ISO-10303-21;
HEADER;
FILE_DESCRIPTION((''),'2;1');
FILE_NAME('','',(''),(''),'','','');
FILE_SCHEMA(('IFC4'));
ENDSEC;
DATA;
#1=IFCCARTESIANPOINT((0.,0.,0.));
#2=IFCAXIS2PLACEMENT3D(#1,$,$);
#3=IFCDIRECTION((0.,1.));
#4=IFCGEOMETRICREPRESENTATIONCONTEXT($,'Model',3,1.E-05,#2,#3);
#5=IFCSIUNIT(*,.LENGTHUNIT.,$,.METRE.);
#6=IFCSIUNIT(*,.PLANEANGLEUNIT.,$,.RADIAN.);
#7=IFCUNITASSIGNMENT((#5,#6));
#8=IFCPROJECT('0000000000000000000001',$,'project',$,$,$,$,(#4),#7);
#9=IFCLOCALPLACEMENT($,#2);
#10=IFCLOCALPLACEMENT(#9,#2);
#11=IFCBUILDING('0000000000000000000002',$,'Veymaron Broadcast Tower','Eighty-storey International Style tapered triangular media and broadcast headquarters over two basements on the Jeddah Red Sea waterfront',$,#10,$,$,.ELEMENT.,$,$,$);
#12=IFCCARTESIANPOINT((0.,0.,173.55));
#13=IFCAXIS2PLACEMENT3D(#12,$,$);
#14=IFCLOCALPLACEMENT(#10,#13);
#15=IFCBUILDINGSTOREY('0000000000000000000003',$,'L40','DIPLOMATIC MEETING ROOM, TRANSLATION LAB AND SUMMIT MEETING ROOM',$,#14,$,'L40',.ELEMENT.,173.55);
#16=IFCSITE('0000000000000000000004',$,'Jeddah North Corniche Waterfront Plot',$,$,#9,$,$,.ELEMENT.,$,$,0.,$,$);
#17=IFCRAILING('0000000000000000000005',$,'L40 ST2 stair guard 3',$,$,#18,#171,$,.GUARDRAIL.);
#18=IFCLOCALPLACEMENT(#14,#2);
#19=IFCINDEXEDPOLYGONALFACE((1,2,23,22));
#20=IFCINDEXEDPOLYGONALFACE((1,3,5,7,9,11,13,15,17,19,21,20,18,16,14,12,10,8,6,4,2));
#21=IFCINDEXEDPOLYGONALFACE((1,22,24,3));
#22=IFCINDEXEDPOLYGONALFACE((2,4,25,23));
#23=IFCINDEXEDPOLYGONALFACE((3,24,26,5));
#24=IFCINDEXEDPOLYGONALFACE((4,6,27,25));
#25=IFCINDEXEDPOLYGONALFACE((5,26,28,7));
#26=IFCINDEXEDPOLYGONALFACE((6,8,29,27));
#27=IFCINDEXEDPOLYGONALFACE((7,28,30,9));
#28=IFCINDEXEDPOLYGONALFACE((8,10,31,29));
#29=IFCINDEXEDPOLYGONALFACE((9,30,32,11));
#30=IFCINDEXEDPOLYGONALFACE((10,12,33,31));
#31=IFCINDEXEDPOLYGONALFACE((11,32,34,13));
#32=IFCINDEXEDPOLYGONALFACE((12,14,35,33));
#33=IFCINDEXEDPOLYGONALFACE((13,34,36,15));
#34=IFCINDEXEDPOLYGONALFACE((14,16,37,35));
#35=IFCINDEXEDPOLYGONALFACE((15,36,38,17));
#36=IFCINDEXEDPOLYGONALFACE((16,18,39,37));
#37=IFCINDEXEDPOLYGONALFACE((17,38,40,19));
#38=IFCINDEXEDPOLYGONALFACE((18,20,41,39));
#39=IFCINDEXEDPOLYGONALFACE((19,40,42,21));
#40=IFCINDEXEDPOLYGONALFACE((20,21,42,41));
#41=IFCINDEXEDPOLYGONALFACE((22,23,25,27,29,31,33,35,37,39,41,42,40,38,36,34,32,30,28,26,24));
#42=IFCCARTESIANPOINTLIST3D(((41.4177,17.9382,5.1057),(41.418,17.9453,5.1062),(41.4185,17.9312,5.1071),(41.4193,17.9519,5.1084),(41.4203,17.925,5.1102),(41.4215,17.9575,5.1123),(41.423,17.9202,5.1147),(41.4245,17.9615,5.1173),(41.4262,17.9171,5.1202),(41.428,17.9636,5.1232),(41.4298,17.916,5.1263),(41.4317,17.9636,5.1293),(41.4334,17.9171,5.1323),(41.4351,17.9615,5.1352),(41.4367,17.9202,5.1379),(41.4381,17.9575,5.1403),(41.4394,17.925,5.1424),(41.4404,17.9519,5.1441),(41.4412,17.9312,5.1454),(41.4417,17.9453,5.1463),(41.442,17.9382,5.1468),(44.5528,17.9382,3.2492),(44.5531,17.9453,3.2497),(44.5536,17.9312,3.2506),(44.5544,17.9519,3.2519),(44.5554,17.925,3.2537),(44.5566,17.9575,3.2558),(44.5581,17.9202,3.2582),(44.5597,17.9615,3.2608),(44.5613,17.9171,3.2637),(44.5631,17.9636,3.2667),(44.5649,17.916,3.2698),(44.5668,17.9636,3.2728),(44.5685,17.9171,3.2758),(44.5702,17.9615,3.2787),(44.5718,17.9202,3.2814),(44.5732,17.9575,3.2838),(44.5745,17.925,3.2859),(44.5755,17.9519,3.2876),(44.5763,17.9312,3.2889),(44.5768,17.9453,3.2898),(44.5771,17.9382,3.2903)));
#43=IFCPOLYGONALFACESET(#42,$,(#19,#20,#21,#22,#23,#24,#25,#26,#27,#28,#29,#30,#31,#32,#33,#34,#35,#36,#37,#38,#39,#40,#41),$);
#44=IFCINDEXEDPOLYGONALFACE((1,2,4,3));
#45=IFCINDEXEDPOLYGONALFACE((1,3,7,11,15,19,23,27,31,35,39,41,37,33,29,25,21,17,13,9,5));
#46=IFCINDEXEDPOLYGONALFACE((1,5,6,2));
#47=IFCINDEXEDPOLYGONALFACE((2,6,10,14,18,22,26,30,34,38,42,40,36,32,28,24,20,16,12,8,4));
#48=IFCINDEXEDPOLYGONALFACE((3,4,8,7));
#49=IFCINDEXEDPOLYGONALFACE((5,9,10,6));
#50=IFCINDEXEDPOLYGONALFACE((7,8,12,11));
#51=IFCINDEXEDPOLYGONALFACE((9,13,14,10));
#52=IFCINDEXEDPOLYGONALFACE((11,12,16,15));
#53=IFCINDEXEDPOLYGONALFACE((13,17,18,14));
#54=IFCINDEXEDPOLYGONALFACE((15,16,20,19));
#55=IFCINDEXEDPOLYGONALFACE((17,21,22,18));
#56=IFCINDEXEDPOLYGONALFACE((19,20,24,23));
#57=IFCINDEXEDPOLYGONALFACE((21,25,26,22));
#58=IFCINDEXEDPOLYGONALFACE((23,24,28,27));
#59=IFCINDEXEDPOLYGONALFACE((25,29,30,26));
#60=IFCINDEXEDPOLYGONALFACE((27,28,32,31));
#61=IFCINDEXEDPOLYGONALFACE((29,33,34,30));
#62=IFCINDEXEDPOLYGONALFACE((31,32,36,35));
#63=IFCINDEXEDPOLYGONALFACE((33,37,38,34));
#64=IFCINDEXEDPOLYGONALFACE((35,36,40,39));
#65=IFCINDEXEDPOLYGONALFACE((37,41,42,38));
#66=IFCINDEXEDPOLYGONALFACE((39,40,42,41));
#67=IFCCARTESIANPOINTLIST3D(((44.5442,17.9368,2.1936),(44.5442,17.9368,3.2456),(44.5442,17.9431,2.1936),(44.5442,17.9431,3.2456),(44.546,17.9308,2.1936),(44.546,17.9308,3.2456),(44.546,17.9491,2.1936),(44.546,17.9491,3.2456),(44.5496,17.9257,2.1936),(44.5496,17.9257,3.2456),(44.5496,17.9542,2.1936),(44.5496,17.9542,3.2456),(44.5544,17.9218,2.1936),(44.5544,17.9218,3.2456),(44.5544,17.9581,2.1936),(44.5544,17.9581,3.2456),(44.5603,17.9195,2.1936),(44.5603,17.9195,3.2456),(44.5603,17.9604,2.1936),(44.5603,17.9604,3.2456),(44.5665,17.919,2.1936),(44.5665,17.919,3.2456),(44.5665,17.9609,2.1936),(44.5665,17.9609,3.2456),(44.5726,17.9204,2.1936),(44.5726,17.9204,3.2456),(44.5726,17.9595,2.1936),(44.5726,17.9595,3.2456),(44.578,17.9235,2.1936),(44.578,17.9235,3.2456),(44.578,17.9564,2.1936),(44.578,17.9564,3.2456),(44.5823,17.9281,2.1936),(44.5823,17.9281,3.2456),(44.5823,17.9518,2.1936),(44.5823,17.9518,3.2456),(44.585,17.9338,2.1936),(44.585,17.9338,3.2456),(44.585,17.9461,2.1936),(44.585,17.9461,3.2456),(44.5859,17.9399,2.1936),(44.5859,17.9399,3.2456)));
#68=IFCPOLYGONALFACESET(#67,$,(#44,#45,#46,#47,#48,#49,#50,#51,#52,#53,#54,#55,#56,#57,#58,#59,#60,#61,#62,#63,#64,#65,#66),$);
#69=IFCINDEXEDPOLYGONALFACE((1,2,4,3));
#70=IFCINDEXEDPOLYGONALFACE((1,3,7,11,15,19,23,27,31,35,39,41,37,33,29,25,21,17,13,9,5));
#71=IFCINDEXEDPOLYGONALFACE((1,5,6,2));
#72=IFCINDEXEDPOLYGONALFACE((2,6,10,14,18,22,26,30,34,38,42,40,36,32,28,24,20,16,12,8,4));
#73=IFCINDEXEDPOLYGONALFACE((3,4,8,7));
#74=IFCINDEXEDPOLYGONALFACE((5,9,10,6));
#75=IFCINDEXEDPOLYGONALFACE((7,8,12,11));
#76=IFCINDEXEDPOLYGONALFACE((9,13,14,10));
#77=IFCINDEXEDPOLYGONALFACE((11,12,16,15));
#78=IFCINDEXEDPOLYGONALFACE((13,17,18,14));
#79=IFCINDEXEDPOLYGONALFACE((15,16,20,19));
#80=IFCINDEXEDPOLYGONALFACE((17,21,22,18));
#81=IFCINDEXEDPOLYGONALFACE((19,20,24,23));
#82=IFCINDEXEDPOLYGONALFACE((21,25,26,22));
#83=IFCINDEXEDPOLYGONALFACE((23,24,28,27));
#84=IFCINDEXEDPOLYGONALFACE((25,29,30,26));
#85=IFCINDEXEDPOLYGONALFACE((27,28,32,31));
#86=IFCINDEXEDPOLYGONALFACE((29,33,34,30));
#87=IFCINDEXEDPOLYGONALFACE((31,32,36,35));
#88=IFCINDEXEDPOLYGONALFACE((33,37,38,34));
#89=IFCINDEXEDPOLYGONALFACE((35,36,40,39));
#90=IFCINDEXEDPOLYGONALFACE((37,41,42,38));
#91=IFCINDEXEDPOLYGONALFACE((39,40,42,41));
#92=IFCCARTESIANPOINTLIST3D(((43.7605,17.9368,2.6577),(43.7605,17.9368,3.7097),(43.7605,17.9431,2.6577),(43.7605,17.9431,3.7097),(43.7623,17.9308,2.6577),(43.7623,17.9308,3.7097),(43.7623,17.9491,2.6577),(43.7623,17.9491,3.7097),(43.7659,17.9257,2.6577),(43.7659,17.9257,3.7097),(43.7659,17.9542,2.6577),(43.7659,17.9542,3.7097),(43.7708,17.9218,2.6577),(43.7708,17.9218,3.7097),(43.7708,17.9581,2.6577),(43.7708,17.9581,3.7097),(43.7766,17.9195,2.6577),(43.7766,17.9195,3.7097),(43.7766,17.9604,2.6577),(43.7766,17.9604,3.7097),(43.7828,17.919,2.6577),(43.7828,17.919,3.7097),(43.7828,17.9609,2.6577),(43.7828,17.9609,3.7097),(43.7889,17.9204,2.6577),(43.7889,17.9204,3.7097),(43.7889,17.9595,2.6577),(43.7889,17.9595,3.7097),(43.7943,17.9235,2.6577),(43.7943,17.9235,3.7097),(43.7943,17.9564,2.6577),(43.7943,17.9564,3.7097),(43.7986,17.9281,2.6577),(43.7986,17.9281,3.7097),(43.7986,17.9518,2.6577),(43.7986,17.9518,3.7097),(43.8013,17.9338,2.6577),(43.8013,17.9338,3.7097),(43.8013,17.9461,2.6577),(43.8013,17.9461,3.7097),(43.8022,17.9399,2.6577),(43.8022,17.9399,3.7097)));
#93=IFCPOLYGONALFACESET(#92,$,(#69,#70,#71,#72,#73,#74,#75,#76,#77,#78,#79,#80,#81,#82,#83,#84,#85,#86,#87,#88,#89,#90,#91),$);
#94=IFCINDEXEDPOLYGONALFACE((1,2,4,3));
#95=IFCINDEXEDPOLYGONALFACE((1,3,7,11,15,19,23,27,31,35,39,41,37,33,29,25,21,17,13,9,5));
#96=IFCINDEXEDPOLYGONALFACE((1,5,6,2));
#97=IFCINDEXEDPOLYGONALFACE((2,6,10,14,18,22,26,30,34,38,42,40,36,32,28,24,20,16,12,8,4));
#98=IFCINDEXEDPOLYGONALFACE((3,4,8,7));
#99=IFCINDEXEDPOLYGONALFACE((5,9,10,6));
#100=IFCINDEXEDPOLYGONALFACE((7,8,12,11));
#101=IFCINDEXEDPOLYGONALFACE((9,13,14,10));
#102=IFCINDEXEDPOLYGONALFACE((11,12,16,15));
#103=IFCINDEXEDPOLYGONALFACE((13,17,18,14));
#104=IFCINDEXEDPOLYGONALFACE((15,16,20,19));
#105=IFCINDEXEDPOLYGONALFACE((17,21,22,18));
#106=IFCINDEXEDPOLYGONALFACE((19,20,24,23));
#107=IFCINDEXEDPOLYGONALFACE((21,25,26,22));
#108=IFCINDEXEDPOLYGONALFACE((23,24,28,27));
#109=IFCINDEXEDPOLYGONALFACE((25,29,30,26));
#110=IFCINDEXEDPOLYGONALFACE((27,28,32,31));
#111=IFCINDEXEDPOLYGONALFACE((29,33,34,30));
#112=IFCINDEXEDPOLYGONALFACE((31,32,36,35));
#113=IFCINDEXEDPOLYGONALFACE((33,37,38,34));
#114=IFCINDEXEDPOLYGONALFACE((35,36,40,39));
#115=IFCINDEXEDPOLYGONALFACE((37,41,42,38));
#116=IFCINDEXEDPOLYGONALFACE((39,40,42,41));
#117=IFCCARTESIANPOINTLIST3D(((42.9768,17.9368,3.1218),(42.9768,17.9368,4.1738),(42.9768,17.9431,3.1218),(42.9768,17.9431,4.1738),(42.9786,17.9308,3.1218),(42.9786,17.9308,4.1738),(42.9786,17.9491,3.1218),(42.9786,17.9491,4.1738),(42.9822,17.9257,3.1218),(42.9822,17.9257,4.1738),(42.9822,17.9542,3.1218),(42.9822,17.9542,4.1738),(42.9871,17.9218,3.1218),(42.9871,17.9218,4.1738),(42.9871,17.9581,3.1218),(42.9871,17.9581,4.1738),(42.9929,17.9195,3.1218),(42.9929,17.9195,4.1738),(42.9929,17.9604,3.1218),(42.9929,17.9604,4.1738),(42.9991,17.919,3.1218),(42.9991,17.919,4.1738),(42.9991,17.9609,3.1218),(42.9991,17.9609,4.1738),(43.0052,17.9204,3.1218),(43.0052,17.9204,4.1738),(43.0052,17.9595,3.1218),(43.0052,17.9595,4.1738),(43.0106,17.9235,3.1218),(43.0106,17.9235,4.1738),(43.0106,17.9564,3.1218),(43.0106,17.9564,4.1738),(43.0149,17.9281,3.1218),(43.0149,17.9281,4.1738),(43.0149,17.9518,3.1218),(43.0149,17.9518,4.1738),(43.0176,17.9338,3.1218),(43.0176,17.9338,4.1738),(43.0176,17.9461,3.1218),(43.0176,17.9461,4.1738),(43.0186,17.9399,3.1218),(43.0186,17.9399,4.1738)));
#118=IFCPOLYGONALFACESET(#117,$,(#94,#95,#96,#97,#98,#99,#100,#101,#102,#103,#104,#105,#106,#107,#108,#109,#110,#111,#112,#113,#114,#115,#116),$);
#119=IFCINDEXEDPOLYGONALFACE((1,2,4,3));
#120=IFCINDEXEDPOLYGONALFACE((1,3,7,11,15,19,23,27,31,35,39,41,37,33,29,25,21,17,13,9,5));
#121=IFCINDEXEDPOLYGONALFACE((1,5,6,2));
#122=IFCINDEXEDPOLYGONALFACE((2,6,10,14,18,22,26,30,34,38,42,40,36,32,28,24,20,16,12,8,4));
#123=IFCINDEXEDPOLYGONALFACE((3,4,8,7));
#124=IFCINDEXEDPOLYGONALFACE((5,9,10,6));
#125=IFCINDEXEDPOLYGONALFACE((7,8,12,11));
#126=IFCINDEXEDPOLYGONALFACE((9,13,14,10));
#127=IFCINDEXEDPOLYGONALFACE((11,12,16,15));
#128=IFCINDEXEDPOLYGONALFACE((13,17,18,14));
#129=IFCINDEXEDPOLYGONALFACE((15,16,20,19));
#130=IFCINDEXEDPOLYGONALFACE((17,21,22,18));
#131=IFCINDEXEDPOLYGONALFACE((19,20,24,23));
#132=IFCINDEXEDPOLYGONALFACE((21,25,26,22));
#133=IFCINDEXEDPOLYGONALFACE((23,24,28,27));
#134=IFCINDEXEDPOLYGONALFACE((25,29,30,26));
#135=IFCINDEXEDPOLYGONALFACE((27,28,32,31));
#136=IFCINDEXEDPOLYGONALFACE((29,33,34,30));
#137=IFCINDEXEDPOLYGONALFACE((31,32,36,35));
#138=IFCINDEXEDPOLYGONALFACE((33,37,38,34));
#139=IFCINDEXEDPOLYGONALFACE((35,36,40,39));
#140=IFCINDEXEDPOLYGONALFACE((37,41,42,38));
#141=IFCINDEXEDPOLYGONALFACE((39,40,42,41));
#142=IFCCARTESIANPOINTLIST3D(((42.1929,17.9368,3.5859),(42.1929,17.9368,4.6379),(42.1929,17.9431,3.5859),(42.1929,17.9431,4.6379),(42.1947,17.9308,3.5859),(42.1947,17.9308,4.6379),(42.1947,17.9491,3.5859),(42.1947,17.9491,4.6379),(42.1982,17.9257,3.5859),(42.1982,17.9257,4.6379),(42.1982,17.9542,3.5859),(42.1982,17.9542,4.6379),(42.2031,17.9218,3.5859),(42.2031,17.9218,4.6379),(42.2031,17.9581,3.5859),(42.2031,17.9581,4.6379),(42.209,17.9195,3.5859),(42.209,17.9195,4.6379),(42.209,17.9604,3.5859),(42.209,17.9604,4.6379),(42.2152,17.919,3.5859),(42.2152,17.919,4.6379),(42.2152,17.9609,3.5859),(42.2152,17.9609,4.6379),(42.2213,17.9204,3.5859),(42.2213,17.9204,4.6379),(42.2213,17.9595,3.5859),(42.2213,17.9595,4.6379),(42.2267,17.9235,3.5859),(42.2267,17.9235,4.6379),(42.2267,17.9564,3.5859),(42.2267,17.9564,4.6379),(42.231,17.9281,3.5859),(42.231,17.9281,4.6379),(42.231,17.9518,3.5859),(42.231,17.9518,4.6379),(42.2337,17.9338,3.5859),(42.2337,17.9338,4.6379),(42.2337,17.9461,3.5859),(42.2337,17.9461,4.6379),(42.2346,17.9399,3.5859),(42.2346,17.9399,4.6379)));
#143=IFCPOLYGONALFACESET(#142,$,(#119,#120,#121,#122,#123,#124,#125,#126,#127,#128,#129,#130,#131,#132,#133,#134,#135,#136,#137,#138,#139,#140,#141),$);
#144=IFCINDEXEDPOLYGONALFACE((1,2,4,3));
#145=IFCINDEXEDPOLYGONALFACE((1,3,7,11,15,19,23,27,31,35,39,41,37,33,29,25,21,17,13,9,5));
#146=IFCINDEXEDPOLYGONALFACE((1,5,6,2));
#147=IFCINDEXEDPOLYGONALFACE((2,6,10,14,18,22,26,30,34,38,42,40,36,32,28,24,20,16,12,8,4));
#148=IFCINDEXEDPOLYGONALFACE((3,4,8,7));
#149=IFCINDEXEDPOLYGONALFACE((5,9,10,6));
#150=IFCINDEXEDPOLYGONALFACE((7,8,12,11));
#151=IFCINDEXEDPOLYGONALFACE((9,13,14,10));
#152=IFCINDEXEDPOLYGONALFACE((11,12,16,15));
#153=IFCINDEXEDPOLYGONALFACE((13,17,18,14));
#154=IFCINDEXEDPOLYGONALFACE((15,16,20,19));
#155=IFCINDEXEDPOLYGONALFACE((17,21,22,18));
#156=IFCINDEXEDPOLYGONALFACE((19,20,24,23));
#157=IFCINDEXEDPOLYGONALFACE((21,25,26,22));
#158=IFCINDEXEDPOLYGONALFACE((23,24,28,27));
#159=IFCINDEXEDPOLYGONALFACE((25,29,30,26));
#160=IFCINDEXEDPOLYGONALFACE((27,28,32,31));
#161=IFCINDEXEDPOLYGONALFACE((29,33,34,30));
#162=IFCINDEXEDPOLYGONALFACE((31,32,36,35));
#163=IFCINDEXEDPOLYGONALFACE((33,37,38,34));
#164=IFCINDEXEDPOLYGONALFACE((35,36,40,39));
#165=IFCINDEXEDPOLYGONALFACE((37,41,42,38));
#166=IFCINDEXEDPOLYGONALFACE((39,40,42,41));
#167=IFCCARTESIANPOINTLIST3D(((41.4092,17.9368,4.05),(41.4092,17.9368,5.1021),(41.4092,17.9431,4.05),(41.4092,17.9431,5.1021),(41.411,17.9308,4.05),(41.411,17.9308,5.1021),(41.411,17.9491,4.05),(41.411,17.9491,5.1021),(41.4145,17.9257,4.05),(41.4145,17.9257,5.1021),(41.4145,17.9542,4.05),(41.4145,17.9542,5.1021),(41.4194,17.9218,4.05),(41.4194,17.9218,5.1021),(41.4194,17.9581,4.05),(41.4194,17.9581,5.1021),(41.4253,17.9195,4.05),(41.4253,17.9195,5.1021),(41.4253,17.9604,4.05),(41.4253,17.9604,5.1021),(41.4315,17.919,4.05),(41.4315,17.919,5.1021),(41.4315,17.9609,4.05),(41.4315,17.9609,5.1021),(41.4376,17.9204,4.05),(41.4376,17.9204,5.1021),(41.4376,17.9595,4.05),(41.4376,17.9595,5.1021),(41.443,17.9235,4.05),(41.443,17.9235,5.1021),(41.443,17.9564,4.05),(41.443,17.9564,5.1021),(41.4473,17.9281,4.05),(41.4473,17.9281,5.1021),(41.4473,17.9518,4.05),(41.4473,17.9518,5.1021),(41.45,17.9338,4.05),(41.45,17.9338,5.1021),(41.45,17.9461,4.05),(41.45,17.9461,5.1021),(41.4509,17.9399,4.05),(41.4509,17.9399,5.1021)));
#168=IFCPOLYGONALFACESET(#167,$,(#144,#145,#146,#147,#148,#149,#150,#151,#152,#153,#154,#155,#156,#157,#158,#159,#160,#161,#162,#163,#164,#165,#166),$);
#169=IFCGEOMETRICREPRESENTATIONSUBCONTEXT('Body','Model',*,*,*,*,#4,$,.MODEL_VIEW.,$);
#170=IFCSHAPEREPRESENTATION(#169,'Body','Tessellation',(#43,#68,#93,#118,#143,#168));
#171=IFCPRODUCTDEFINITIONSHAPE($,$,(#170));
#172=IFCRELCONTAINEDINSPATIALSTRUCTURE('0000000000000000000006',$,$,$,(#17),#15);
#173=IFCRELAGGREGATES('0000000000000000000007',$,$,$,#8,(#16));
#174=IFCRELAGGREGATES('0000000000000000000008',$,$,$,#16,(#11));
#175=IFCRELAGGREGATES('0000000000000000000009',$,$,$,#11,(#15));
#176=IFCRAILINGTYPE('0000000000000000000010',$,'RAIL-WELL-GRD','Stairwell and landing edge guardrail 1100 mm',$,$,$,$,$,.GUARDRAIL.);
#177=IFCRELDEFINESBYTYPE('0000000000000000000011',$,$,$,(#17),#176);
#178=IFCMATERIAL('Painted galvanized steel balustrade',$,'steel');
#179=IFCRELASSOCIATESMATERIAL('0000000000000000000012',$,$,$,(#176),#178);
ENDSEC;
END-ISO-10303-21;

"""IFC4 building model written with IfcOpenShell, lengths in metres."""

from ifc_helpers import new_model, si_unit, direction, frame, origin, origin_2d, place, context, subcontext, project, spatial, circle, extrude, material, type_object, element, save


model = new_model("IFC4")

# Units and contexts
model_context = context("Model", 3, precision=1e-05, world=origin(), true_north=direction((0.0, 1.0)))
body_context = subcontext(model_context, "Body", "Model", "MODEL_VIEW")
ifc_project = project(units=[si_unit("LENGTHUNIT", "METRE"), si_unit("PLANEANGLEUNIT", "RADIAN")], contexts=[model_context])

# Site, building, storey
site_placement = place(None, origin())
site = spatial("IfcSite", under=ifc_project, at=site_placement, Name="Jeddah North Corniche Waterfront Plot", CompositionType="ELEMENT", RefElevation=0.0)
building_placement = place(site_placement, origin())
building = spatial("IfcBuilding", under=site, at=building_placement, Name="Veymaron Broadcast Tower", Description="Eighty-storey International Style tapered triangular media and broadcast headquarters over two basements on the Jeddah Red Sea waterfront", CompositionType="ELEMENT")
storey_placement = place(building_placement, frame((0.0, 0.0, 173.55)))
storey = spatial("IfcBuildingStorey", under=building, at=storey_placement, Name="L40", Description="DIPLOMATIC MEETING ROOM, TRANSLATION LAB AND SUMMIT MEETING ROOM", LongName="L40", CompositionType="ELEMENT", Elevation=173.55)

# Railing
ifc_material_1 = material(Name="Painted galvanized steel balustrade", Category="steel")
railing_type_1 = type_object("IfcRailingType", Name="RAIL-WELL-GRD", Description="Stairwell and landing edge guardrail 1100 mm", PredefinedType="GUARDRAIL", material=ifc_material_1)
railing_1_placement = place(storey_placement, frame((44.5649, 17.9399, 2.1936)))
element("IfcRailing", 1, at=railing_1_placement, inside=storey, type_object=railing_type_1, Name="L40 ST2 stair guard 3", PredefinedType="GUARDRAIL", context=body_context, shape_type="SweptSolid", body=[
    extrude(circle(Radius=0.0239, at=origin_2d()), frame((0.0, 0.0, 1.0762), z_axis=(-0.860453, 0.0, 0.509531), x_axis=(0.0, -1.0, 0.0)), (0.0, 0.0, 1.0), 3.6436),
    extrude(circle(Radius=0.021, at=origin_2d()), origin(), (0.0, 0.0, 1.0), 1.052),
    extrude(circle(Radius=0.021, at=origin_2d()), frame((-0.7837, 0.0, 0.4641)), (0.0, 0.0, 1.0), 1.052),
    extrude(circle(Radius=0.021, at=origin_2d()), frame((-1.5674, 0.0, 0.9282)), (0.0, 0.0, 1.0), 1.052),
    extrude(circle(Radius=0.021, at=origin_2d()), frame((-2.3513, 0.0, 1.3923)), (0.0, 0.0, 1.0), 1.052),
    extrude(circle(Radius=0.021, at=origin_2d()), frame((-3.135, 0.0, 1.8564)), (0.0, 0.0, 1.0), 1.052),
])

save(model, "model.ifc")
